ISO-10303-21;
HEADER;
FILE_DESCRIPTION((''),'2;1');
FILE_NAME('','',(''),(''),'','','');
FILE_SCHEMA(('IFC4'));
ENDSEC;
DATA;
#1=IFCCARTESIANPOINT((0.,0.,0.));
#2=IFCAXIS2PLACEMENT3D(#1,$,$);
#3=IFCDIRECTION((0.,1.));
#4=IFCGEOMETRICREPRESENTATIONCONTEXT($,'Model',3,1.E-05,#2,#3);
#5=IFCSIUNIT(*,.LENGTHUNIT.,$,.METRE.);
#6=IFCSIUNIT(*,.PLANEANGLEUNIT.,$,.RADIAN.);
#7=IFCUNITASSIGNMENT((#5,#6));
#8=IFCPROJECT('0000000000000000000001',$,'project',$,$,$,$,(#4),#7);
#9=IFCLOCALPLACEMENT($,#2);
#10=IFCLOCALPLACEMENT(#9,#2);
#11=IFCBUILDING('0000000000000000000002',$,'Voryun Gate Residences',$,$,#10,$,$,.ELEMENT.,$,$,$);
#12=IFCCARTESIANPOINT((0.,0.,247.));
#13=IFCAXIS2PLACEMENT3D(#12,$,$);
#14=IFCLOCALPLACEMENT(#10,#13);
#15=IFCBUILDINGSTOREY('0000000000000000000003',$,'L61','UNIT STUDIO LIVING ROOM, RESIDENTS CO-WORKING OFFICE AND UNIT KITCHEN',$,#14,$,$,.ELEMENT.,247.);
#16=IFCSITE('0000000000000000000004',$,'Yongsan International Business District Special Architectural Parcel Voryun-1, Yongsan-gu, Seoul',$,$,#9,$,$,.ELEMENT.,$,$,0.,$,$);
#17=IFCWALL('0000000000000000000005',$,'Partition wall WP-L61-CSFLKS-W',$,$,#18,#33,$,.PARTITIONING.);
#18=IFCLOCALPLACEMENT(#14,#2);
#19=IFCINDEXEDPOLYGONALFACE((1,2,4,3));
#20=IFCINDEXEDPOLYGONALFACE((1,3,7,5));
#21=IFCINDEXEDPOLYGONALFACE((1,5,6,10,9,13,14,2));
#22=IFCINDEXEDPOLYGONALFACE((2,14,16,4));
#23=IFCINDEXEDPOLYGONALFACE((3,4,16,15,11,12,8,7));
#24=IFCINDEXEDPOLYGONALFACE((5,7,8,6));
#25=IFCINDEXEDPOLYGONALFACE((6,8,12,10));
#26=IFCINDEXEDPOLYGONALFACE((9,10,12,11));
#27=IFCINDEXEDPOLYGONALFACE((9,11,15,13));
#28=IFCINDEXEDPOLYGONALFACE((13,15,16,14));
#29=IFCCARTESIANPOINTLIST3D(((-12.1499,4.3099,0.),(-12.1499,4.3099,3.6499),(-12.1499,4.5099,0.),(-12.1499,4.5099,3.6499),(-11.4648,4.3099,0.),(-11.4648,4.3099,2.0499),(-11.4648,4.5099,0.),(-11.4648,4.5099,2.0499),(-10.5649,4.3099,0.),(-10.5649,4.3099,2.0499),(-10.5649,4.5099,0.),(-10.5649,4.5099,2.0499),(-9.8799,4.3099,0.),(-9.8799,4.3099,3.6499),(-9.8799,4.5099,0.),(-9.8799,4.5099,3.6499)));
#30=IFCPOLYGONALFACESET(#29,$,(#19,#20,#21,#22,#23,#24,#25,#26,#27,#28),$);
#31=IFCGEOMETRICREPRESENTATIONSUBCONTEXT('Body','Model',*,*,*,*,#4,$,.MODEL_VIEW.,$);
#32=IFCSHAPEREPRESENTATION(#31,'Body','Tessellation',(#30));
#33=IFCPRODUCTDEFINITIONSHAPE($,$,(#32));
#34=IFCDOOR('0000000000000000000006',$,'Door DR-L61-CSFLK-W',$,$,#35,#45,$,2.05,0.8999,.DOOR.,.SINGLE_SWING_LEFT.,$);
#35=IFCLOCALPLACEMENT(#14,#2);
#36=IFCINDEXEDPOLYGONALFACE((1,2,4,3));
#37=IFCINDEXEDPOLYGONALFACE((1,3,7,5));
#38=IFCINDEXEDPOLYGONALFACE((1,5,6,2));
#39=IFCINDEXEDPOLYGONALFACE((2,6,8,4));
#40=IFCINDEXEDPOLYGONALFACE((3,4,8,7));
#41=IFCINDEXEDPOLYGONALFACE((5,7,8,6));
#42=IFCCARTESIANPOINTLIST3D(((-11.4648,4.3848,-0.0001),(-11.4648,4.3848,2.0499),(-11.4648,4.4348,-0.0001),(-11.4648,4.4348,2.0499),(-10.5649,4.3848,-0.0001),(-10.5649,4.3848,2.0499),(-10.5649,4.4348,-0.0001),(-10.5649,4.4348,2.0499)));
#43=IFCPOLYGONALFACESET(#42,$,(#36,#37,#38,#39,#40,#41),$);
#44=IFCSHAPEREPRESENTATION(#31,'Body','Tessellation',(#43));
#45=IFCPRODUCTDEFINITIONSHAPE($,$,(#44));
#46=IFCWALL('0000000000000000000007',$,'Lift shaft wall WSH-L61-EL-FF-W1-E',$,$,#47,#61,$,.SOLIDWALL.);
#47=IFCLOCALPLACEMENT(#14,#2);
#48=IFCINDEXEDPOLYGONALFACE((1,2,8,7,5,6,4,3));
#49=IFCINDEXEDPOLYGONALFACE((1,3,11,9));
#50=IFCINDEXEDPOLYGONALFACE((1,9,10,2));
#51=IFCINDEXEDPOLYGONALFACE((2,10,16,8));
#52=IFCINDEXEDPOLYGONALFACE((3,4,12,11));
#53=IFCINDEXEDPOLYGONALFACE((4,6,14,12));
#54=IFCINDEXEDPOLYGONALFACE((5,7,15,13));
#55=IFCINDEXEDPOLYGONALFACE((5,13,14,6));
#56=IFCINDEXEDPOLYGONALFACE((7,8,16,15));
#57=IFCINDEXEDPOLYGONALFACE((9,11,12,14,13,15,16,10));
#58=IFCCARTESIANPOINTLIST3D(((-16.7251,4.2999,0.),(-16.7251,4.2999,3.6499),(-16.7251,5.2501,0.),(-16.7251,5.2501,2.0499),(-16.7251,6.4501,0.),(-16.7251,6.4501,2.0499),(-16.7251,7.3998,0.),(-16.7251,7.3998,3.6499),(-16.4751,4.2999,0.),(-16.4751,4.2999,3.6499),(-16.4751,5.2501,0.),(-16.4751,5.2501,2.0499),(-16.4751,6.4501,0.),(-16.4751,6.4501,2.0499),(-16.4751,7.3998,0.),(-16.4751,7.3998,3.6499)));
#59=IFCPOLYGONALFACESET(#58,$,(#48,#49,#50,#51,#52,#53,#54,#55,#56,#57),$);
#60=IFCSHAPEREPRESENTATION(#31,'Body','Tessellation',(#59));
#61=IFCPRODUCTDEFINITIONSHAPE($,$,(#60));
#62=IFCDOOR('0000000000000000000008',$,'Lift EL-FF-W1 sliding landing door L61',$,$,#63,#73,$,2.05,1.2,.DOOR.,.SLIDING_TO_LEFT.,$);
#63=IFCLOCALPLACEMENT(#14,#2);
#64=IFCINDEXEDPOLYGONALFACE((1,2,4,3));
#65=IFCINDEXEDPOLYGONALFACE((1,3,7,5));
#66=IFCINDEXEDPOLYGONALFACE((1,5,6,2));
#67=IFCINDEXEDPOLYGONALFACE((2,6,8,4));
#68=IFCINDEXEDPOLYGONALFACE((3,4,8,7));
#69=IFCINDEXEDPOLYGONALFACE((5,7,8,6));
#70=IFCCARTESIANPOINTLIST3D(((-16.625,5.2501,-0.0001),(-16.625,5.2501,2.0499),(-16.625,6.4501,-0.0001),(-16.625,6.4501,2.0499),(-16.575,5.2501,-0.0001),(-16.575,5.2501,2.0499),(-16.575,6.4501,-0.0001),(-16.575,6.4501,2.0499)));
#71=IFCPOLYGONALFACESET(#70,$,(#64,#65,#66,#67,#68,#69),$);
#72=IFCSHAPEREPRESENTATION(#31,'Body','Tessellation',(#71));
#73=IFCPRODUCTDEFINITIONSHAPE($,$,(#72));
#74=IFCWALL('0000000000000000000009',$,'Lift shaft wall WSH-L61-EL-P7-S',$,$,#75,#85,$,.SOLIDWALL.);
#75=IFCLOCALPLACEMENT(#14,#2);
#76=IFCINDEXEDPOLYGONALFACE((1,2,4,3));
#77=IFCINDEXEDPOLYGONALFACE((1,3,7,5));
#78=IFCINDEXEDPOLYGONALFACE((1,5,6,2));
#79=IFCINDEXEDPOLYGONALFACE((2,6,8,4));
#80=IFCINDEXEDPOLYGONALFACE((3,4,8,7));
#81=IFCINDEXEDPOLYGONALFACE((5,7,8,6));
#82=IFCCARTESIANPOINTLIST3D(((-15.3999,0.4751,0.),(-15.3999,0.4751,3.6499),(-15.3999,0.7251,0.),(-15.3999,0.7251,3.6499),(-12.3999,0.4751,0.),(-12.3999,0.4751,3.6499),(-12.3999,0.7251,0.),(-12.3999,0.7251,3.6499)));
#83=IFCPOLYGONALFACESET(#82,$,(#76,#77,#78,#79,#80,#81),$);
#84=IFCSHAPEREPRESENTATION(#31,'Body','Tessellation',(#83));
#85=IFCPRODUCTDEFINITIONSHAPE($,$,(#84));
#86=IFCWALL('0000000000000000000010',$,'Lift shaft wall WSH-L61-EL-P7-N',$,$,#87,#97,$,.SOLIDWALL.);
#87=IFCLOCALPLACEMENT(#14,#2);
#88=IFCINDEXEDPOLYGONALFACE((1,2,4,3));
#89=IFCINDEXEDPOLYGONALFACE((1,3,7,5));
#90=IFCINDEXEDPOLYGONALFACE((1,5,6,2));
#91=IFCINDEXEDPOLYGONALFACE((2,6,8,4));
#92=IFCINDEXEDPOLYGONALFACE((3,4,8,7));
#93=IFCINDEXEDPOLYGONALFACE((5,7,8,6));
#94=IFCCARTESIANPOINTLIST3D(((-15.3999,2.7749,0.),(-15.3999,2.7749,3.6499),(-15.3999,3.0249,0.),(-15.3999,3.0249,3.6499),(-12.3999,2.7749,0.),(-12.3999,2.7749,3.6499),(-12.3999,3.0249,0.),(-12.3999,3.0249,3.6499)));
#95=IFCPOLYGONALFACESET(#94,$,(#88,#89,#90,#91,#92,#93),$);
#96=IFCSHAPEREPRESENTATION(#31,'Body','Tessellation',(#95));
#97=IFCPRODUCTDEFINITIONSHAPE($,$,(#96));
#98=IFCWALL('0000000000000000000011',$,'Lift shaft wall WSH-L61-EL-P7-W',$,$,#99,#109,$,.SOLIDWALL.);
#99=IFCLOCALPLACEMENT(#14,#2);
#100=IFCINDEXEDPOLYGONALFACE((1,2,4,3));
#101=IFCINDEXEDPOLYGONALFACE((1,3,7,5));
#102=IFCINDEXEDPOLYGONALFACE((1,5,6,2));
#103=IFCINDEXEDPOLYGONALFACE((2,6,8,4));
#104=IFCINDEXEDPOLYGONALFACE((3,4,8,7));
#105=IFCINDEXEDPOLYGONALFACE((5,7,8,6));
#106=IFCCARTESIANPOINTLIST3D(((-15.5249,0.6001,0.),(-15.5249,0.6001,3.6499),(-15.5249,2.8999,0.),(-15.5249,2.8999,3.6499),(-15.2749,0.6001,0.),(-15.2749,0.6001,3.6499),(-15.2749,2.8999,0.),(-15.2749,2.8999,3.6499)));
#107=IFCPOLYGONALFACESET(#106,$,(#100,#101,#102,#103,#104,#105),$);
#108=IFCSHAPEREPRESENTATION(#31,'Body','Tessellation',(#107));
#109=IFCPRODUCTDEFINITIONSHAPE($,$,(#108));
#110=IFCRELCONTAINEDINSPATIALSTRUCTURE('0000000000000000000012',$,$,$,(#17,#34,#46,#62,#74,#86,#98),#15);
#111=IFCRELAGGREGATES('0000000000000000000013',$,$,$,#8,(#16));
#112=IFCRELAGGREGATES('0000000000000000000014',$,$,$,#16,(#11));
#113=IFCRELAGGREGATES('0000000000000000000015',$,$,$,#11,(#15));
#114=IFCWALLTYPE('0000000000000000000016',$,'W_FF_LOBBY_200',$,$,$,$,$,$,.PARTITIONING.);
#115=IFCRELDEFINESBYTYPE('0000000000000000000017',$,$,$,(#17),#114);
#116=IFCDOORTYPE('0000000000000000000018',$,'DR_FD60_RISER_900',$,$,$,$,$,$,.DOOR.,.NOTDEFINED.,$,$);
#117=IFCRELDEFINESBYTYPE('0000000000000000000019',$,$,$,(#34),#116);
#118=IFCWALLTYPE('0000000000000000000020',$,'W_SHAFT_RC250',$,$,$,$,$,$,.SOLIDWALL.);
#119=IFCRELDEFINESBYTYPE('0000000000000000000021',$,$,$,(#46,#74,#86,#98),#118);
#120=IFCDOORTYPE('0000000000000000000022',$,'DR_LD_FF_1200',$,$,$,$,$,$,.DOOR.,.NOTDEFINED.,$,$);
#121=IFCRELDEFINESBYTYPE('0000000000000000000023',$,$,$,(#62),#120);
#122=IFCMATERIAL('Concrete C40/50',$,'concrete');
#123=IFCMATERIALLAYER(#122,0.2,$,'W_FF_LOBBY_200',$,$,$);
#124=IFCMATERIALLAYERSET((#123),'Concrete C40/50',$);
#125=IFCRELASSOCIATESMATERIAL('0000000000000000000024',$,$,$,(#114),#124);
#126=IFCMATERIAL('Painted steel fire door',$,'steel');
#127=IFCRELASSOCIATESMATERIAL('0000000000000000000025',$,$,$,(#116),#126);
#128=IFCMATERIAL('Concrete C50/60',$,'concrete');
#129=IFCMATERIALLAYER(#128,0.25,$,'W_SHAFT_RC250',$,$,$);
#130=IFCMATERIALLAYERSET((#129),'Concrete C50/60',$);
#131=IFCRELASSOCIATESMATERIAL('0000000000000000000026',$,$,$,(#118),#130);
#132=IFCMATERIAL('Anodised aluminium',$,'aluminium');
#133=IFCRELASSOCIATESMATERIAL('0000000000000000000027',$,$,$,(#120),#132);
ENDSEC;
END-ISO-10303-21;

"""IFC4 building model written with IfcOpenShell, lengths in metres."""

from ifc_helpers import new_model, si_unit, direction, frame, frame_2d, origin, place, context, subcontext, project, spatial, rectangle, extrude, material, layer, layer_set, type_object, element, fill, save


model = new_model("IFC4")

# Units and contexts
model_context = context("Model", 3, precision=1e-05, world=origin(), true_north=direction((0.0, 1.0)))
body_context = subcontext(model_context, "Body", "Model", "MODEL_VIEW")
ifc_project = project(units=[si_unit("LENGTHUNIT", "METRE"), si_unit("PLANEANGLEUNIT", "RADIAN")], contexts=[model_context])

# Site, building, storey
site_placement = place(None, origin())
site = spatial("IfcSite", under=ifc_project, at=site_placement, Name="Yongsan International Business District Special Architectural Parcel Voryun-1, Yongsan-gu, Seoul", CompositionType="ELEMENT", RefElevation=0.0)
building_placement = place(site_placement, origin())
building = spatial("IfcBuilding", under=site, at=building_placement, Name="Voryun Gate Residences", CompositionType="ELEMENT")
storey_placement = place(building_placement, frame((0.0, 0.0, 247.0)))
storey = spatial("IfcBuildingStorey", under=building, at=storey_placement, Name="L61", Description="UNIT STUDIO LIVING ROOM, RESIDENTS CO-WORKING OFFICE AND UNIT KITCHEN", CompositionType="ELEMENT", Elevation=247.0)

# Shared definitions
ifc_material_1 = material(Name="Concrete C40/50", Category="concrete")
ifc_layer_1 = layer(ifc_material_1, 0.2, Name="W_FF_LOBBY_200")
ifc_layer_set_1 = layer_set([ifc_layer_1], Name="Concrete C40/50")
wall_type_1 = type_object("IfcWallType", Name="W_FF_LOBBY_200", PredefinedType="PARTITIONING", material=ifc_layer_set_1)

# Walls, openings, doors
wall_1_placement = place(storey_placement, frame((-12.1499, 4.4099, 0.0), z_axis=(0.0, 0.0, 1.0), x_axis=(1.0, 0.0, 0.0)))
wall_1 = element("IfcWall", 1, at=wall_1_placement, inside=storey, type_object=wall_type_1, Name="Partition wall WP-L61-CSFLKS-W", PredefinedType="PARTITIONING", context=body_context, shape_type="SweptSolid", body=[
    extrude(rectangle(XDim=2.27, YDim=0.2, at=frame_2d((1.135, 0.0))), origin(), (0.0, 0.0, 1.0), 3.6499),
])
opening_1_placement = place(wall_1_placement, frame((0.6851, 0.0, 0.0)))
opening_1 = element("IfcOpeningElement", 2, at=opening_1_placement, cuts=wall_1, PredefinedType="OPENING", context=body_context, shape_type="SweptSolid", body=[
    extrude(rectangle(XDim=0.8999, YDim=2.05, at=frame_2d((0.45, 1.0249))), frame((0.0, 0.1101, 0.0), z_axis=(0.0, -1.0, 0.0), x_axis=(1.0, 0.0, 0.0)), (0.0, 0.0, 1.0), 0.22),
])
ifc_material_2 = material(Name="Painted steel fire door", Category="steel")
door_type_1 = type_object("IfcDoorType", Name="DR_FD60_RISER_900", OperationType="NOTDEFINED", PredefinedType="DOOR", material=ifc_material_2)
door_1_placement = place(opening_1_placement, origin())
door_1 = element("IfcDoor", 3, at=door_1_placement, inside=storey, type_object=door_type_1, Name="Door DR-L61-CSFLK-W", OperationType="SINGLE_SWING_LEFT", OverallHeight=2.05, OverallWidth=0.8999, PredefinedType="DOOR", context=body_context, shape_type="SweptSolid", body=[
    extrude(rectangle(XDim=0.8999, YDim=2.05, at=frame_2d((0.45, 1.0249))), frame((0.0, 0.0249, 0.0), z_axis=(0.0, -1.0, 0.0), x_axis=(1.0, 0.0, 0.0)), (0.0, 0.0, 1.0), 0.05),
])
fill(opening_1, door_1)
ifc_material_3 = material(Name="Concrete C50/60", Category="concrete")
ifc_layer_2 = layer(ifc_material_3, 0.25, Name="W_SHAFT_RC250")
ifc_layer_set_2 = layer_set([ifc_layer_2], Name="Concrete C50/60")
wall_type_2 = type_object("IfcWallType", Name="W_SHAFT_RC250", PredefinedType="SOLIDWALL", material=ifc_layer_set_2)
wall_2_placement = place(storey_placement, frame((-16.6001, 4.3, 0.0), z_axis=(0.0, 0.0, 1.0), x_axis=(0.0, 1.0, 0.0)))
wall_2 = element("IfcWall", 4, at=wall_2_placement, inside=storey, type_object=wall_type_2, Name="Lift shaft wall WSH-L61-EL-FF-W1-E", PredefinedType="SOLIDWALL", context=body_context, shape_type="SweptSolid", body=[
    extrude(rectangle(XDim=3.0999, YDim=0.25, at=frame_2d((1.5498, 0.0))), origin(), (0.0, 0.0, 1.0), 3.6499),
])
opening_2_placement = place(wall_2_placement, frame((0.95, 0.0, 0.0)))
opening_2 = element("IfcOpeningElement", 5, at=opening_2_placement, cuts=wall_2, PredefinedType="OPENING", context=body_context, shape_type="SweptSolid", body=[
    extrude(rectangle(XDim=1.2, YDim=2.05, at=frame_2d((0.6001, 1.0249))), frame((0.0, 0.135, 0.0), z_axis=(0.0, -1.0, 0.0), x_axis=(1.0, 0.0, 0.0)), (0.0, 0.0, 1.0), 0.27),
])
ifc_material_4 = material(Name="Anodised aluminium", Category="aluminium")
door_type_2 = type_object("IfcDoorType", Name="DR_LD_FF_1200", OperationType="NOTDEFINED", PredefinedType="DOOR", material=ifc_material_4)
door_2_placement = place(opening_2_placement, origin())
door_2 = element("IfcDoor", 6, at=door_2_placement, inside=storey, type_object=door_type_2, Name="Lift EL-FF-W1 sliding landing door L61", OperationType="SLIDING_TO_LEFT", OverallHeight=2.05, OverallWidth=1.2, PredefinedType="DOOR", context=body_context, shape_type="SweptSolid", body=[
    extrude(rectangle(XDim=1.2, YDim=2.05, at=frame_2d((0.6001, 1.0249))), frame((0.0, 0.0249, 0.0), z_axis=(0.0, -1.0, 0.0), x_axis=(1.0, 0.0, 0.0)), (0.0, 0.0, 1.0), 0.05),
])
fill(opening_2, door_2)

# Walls
for number, where, z_axis, x_axis, name in (
    (7, (-15.3999, 0.6001, 0.0), (0.0, 0.0, 1.0), (1.0, 0.0, 0.0), "Lift shaft wall WSH-L61-EL-P7-S"),
    (8, (-12.3999, 2.8999, 0.0), (0.0, 0.0, 1.0), (-1.0, 0.0, 0.0), "Lift shaft wall WSH-L61-EL-P7-N"),
):
    element("IfcWall", number, at=place(storey_placement, frame(where, z_axis=z_axis, x_axis=x_axis)), inside=storey, type_object=wall_type_2, Name=name, PredefinedType="SOLIDWALL", context=body_context, shape_type="SweptSolid", body=[
        extrude(rectangle(XDim=3.0, YDim=0.25, at=frame_2d((1.5, 0.0))), origin(), (0.0, 0.0, 1.0), 3.6499),
    ])
wall_3_placement = place(storey_placement, frame((-15.3999, 2.8999, 0.0), z_axis=(0.0, 0.0, 1.0), x_axis=(0.0, -1.0, 0.0)))
element("IfcWall", 9, at=wall_3_placement, inside=storey, type_object=wall_type_2, Name="Lift shaft wall WSH-L61-EL-P7-W", PredefinedType="SOLIDWALL", context=body_context, shape_type="SweptSolid", body=[
    extrude(rectangle(XDim=2.2998, YDim=0.25, at=frame_2d((1.1499, 0.0))), origin(), (0.0, 0.0, 1.0), 3.6499),
])

save(model, "model.ifc")
